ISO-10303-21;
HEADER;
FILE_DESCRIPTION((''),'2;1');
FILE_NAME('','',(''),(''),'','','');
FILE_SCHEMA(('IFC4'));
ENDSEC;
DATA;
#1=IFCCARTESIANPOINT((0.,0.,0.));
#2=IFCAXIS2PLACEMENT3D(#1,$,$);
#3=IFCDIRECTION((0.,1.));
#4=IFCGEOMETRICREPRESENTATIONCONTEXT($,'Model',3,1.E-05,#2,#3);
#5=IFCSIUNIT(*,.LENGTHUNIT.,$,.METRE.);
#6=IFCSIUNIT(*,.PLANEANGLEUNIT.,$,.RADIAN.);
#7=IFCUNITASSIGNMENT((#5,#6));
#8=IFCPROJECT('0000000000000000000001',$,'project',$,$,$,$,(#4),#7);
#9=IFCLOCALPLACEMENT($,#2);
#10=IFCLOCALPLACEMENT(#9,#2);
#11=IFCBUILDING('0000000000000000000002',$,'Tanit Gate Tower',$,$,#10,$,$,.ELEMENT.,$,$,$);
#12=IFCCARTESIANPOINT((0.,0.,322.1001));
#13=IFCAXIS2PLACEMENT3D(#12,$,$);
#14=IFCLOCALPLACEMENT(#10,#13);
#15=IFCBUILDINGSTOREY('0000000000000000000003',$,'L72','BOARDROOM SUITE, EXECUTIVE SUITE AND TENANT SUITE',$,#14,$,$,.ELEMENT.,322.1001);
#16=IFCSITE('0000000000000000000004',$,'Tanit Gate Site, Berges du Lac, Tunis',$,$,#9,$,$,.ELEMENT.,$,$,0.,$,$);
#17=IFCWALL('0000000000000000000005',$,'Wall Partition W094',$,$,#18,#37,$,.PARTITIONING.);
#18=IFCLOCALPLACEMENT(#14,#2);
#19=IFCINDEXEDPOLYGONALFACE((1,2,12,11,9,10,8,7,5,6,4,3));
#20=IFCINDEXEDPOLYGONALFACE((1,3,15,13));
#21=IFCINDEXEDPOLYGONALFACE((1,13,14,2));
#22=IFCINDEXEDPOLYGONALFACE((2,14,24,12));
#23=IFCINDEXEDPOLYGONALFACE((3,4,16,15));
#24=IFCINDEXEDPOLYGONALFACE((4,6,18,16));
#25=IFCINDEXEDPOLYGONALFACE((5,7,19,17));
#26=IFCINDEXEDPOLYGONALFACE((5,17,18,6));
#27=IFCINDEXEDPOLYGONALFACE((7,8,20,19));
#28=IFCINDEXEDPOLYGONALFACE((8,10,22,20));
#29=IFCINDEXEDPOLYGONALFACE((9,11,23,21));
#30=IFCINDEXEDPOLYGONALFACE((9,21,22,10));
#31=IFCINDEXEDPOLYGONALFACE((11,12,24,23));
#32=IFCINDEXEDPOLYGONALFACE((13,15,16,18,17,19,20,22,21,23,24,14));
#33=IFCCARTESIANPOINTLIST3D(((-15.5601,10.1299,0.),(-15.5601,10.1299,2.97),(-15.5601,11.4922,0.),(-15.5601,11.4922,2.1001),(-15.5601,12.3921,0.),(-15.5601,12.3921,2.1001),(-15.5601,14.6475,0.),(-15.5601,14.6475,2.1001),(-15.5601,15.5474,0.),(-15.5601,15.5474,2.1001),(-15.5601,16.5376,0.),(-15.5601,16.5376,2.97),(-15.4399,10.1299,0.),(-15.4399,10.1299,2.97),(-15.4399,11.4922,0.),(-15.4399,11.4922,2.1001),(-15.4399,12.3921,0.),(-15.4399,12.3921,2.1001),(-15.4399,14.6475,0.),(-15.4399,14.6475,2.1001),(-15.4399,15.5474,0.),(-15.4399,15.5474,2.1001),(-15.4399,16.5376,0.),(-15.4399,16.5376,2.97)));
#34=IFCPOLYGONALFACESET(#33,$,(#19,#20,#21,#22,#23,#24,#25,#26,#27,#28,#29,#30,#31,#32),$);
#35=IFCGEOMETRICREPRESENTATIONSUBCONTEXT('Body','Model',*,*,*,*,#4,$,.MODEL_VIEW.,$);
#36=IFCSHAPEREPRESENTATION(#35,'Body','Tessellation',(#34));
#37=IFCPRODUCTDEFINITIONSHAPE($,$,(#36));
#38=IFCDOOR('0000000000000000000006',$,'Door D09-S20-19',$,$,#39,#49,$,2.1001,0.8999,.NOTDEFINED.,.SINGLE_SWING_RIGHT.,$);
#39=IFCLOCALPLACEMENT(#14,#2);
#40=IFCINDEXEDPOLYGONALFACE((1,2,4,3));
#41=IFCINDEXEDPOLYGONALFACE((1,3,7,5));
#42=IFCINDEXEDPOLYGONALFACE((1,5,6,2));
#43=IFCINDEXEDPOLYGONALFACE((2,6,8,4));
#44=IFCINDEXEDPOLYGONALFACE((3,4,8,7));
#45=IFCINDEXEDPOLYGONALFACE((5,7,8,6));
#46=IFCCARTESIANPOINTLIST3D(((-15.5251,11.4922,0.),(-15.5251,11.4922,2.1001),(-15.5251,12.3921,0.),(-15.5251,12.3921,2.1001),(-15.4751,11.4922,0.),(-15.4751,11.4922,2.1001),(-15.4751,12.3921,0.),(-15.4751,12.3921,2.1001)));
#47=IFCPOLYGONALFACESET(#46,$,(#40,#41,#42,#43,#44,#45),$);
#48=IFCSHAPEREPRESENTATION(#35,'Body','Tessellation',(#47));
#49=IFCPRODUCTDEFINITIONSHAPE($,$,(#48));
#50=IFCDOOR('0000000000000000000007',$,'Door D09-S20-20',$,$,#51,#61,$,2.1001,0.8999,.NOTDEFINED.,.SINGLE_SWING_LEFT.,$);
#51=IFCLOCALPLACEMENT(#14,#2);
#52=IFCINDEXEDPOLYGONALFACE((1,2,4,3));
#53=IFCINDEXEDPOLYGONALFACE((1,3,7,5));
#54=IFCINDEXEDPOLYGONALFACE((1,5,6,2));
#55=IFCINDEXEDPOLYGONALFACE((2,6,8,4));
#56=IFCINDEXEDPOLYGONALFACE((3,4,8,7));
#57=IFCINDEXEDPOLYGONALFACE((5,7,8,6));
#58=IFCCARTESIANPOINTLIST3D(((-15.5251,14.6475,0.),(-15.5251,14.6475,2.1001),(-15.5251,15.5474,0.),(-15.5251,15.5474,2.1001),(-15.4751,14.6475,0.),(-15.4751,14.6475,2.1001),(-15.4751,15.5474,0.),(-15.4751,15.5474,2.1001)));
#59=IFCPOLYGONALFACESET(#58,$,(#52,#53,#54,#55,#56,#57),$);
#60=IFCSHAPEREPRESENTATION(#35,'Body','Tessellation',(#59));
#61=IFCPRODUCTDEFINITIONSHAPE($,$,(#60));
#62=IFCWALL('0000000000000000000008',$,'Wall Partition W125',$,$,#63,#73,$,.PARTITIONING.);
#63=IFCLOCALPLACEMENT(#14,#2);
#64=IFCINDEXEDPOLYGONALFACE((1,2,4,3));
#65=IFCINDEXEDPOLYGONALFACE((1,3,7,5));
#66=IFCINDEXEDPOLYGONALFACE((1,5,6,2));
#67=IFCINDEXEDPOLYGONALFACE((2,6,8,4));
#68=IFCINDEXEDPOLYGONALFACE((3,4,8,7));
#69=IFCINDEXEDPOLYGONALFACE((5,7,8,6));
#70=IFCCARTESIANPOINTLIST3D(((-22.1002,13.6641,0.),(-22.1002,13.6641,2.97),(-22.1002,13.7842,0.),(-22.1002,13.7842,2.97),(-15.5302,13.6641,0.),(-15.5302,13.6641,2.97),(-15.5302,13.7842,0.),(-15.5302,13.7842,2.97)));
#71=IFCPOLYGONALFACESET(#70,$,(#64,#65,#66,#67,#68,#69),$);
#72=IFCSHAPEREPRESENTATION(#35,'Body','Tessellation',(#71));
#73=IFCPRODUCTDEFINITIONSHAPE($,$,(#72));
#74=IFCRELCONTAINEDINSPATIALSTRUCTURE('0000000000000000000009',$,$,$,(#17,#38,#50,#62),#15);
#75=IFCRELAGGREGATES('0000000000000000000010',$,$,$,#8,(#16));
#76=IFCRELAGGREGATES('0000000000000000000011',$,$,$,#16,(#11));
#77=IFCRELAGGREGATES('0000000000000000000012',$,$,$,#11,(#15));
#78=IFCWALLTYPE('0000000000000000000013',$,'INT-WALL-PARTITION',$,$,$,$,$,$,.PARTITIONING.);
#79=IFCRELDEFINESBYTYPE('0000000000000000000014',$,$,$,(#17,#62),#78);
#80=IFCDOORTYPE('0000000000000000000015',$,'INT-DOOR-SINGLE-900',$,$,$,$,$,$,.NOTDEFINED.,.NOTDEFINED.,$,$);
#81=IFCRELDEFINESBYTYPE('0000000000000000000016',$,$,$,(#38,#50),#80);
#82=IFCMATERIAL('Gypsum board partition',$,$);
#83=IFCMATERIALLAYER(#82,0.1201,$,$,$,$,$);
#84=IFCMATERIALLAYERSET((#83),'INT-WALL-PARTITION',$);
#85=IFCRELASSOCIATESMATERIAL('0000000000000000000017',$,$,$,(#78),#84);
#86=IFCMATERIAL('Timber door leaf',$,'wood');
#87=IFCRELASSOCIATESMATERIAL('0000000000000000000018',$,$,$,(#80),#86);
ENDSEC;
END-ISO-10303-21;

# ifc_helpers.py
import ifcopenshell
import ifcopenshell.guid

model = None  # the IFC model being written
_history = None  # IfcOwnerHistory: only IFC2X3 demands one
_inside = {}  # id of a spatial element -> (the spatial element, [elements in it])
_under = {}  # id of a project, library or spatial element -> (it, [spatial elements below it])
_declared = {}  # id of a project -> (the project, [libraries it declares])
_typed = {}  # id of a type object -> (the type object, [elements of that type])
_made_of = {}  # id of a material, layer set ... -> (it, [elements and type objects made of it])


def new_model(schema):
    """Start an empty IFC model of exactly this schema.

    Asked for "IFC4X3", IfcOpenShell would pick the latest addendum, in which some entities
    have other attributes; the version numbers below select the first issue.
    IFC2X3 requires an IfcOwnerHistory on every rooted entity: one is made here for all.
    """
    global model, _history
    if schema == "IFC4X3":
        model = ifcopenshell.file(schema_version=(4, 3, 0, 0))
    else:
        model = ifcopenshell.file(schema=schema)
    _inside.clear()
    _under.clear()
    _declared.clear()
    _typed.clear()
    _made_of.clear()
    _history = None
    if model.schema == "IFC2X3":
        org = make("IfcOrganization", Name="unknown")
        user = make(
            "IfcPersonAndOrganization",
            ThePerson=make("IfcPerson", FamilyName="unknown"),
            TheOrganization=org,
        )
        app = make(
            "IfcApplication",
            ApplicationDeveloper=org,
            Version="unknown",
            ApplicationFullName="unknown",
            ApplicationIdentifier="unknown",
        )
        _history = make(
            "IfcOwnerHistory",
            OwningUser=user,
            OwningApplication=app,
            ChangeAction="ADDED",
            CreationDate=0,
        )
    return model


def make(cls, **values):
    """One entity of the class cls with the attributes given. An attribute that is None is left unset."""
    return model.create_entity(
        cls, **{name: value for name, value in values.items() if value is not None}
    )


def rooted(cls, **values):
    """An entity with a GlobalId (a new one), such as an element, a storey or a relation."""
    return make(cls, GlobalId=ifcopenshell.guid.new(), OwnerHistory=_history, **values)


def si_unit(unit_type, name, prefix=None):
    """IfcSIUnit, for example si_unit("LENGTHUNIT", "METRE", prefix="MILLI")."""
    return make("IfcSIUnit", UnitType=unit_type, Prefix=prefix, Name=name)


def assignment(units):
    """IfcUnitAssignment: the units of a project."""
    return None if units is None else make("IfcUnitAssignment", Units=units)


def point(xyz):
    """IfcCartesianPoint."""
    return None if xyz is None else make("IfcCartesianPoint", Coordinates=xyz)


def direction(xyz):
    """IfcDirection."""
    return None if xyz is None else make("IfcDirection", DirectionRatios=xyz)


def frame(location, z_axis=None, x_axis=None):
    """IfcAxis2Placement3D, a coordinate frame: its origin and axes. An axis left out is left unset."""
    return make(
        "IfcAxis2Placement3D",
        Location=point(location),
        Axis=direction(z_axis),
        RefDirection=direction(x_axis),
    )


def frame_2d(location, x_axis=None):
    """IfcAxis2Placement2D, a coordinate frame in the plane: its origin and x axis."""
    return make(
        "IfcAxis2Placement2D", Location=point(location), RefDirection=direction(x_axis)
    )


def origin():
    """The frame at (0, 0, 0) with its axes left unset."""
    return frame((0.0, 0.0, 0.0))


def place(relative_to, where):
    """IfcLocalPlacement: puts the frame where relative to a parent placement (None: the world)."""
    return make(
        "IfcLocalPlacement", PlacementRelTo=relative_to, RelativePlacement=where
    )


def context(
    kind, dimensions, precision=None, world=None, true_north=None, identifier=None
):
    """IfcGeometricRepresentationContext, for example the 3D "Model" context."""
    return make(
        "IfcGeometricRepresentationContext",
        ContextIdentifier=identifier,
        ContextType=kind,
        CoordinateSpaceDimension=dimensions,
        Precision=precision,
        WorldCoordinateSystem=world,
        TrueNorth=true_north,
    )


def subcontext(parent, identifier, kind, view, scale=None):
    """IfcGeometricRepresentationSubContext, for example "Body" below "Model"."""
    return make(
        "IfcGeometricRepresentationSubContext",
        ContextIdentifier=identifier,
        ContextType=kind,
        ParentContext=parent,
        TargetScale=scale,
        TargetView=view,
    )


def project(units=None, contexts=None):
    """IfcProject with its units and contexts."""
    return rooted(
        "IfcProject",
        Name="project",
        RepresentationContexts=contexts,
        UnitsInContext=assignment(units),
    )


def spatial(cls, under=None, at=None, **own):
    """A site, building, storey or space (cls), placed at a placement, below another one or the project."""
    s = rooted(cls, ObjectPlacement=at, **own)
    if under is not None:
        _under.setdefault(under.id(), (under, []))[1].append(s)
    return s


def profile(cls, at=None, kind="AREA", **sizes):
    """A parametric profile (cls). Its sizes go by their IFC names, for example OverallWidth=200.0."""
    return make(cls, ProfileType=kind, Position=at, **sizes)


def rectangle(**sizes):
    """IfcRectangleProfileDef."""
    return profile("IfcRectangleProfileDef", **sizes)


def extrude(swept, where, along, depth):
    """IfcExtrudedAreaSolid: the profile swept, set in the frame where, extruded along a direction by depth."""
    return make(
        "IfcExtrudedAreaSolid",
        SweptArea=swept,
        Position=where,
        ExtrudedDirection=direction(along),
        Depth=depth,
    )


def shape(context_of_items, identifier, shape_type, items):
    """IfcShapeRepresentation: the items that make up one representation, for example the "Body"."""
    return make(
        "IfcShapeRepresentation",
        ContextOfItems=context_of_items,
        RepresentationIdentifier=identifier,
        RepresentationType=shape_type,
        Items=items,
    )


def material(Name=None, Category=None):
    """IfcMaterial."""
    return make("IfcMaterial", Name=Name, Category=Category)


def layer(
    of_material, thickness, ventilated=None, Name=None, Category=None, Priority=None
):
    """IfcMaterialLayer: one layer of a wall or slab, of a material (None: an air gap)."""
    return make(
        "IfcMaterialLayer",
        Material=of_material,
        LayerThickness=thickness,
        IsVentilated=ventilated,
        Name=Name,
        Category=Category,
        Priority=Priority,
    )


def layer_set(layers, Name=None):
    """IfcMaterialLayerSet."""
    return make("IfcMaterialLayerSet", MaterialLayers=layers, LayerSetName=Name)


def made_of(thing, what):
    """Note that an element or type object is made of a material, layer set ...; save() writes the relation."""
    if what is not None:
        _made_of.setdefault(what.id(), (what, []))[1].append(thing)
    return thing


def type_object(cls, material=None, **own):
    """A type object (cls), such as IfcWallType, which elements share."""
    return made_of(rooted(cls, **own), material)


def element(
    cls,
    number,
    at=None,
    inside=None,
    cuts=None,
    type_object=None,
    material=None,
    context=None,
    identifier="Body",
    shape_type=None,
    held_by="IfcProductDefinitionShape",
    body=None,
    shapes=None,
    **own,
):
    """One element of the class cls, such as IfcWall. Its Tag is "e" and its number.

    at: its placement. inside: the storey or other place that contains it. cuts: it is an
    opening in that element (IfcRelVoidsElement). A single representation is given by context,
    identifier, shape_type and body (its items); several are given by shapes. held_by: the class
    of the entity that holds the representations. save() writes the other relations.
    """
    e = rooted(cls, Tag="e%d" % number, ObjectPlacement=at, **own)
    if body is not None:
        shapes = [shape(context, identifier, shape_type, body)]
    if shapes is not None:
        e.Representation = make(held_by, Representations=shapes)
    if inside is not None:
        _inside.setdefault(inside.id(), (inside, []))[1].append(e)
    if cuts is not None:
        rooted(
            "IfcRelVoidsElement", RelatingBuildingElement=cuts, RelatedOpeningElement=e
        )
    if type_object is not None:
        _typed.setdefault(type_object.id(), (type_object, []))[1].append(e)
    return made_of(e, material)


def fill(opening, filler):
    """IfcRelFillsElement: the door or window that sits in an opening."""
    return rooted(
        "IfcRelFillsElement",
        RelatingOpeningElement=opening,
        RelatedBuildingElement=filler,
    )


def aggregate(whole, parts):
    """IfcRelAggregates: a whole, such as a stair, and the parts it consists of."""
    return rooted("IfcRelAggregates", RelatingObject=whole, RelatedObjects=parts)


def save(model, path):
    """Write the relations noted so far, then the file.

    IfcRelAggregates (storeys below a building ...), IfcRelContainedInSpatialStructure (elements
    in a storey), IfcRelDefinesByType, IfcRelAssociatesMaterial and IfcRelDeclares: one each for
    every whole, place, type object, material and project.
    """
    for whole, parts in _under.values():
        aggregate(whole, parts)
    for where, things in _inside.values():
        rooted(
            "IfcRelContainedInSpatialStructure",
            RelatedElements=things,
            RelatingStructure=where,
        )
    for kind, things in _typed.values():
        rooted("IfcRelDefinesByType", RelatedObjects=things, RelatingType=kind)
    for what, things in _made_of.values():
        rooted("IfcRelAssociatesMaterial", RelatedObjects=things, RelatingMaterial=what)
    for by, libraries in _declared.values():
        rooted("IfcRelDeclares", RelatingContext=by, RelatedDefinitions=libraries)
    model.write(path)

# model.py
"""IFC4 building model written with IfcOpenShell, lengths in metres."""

from ifc_helpers import new_model, si_unit, direction, frame, frame_2d, origin, place, context, subcontext, project, spatial, rectangle, extrude, material, layer, layer_set, type_object, element, fill, save


model = new_model("IFC4")

# Units and contexts
model_context = context("Model", 3, precision=1e-05, world=origin(), true_north=direction((0.0, 1.0)))
body_context = subcontext(model_context, "Body", "Model", "MODEL_VIEW")
ifc_project = project(units=[si_unit("LENGTHUNIT", "METRE"), si_unit("PLANEANGLEUNIT", "RADIAN")], contexts=[model_context])

# Site, building, storey
site_placement = place(None, origin())
site = spatial("IfcSite", under=ifc_project, at=site_placement, Name="Tanit Gate Site, Berges du Lac, Tunis", CompositionType="ELEMENT", RefElevation=0.0)
building_placement = place(site_placement, origin())
building = spatial("IfcBuilding", under=site, at=building_placement, Name="Tanit Gate Tower", CompositionType="ELEMENT")
storey_placement = place(building_placement, frame((0.0, 0.0, 322.1001)))
storey = spatial("IfcBuildingStorey", under=building, at=storey_placement, Name="L72", Description="BOARDROOM SUITE, EXECUTIVE SUITE AND TENANT SUITE", CompositionType="ELEMENT", Elevation=322.1001)

# Wall, openings, doors
ifc_material_1 = material(Name="Gypsum board partition")
ifc_layer_1 = layer(ifc_material_1, 0.1201)
ifc_layer_set_1 = layer_set([ifc_layer_1], Name="INT-WALL-PARTITION")
wall_type_1 = type_object("IfcWallType", Name="INT-WALL-PARTITION", PredefinedType="PARTITIONING", material=ifc_layer_set_1)
wall_1_placement = place(storey_placement, frame((-15.5, 16.5376, 0.0), z_axis=(0.0, 0.0, 1.0), x_axis=(0.0, -1.0, 0.0)))
wall_1 = element("IfcWall", 1, at=wall_1_placement, inside=storey, type_object=wall_type_1, Name="Wall Partition W094", PredefinedType="PARTITIONING", context=body_context, shape_type="SweptSolid", body=[
    extrude(rectangle(XDim=6.4077, YDim=0.1201, at=frame_2d((3.2039, 0.0))), origin(), (0.0, 0.0, 1.0), 2.97),
])
opening_1_placement = place(wall_1_placement, frame((4.1455, 0.0, 0.0)))
opening_1 = element("IfcOpeningElement", 2, at=opening_1_placement, cuts=wall_1, PredefinedType="OPENING", context=body_context, shape_type="SweptSolid", body=[
    extrude(rectangle(XDim=0.8999, YDim=2.1001, at=frame_2d((0.45, 1.05))), frame((0.0, 0.0701, 0.0), z_axis=(0.0, -1.0, 0.0), x_axis=(1.0, 0.0, 0.0)), (0.0, 0.0, 1.0), 0.1401),
])
opening_2_placement = place(wall_1_placement, frame((0.9902, 0.0, 0.0)))
opening_2 = element("IfcOpeningElement", 3, at=opening_2_placement, cuts=wall_1, PredefinedType="OPENING", context=body_context, shape_type="SweptSolid", body=[
    extrude(rectangle(XDim=0.8999, YDim=2.1001, at=frame_2d((0.45, 1.05))), frame((0.0, 0.0701, 0.0), z_axis=(0.0, -1.0, 0.0), x_axis=(1.0, 0.0, 0.0)), (0.0, 0.0, 1.0), 0.1401),
])
ifc_material_2 = material(Name="Timber door leaf", Category="wood")
door_type_1 = type_object("IfcDoorType", Name="INT-DOOR-SINGLE-900", OperationType="NOTDEFINED", PredefinedType="NOTDEFINED", material=ifc_material_2)
door_1_placement = place(opening_1_placement, origin())
door_1 = element("IfcDoor", 4, at=door_1_placement, inside=storey, type_object=door_type_1, Name="Door D09-S20-19", OperationType="SINGLE_SWING_RIGHT", OverallHeight=2.1001, OverallWidth=0.8999, PredefinedType="NOTDEFINED", context=body_context, shape_type="SweptSolid", body=[
    extrude(rectangle(XDim=0.8999, YDim=2.1001, at=frame_2d((0.45, 1.05))), frame((0.0, 0.0249, 0.0), z_axis=(0.0, -1.0, 0.0), x_axis=(1.0, 0.0, 0.0)), (0.0, 0.0, 1.0), 0.05),
])
fill(opening_1, door_1)
door_2_placement = place(opening_2_placement, origin())
door_2 = element("IfcDoor", 5, at=door_2_placement, inside=storey, type_object=door_type_1, Name="Door D09-S20-20", OperationType="SINGLE_SWING_LEFT", OverallHeight=2.1001, OverallWidth=0.8999, PredefinedType="NOTDEFINED", context=body_context, shape_type="SweptSolid", body=[
    extrude(rectangle(XDim=0.8999, YDim=2.1001, at=frame_2d((0.45, 1.05))), frame((0.0, 0.0249, 0.0), z_axis=(0.0, -1.0, 0.0), x_axis=(1.0, 0.0, 0.0)), (0.0, 0.0, 1.0), 0.05),
])
fill(opening_2, door_2)

# Wall
wall_2_placement = place(storey_placement, frame((-15.53, 13.7241, 0.0), z_axis=(0.0, 0.0, 1.0), x_axis=(-1.0, 0.0, 0.0)))
element("IfcWall", 6, at=wall_2_placement, inside=storey, type_object=wall_type_1, Name="Wall Partition W125", PredefinedType="PARTITIONING", context=body_context, shape_type="SweptSolid", body=[
    extrude(rectangle(XDim=6.5701, YDim=0.1201, at=frame_2d((3.2852, 0.0))), origin(), (0.0, 0.0, 1.0), 2.97),
])

save(model, "model.ifc")
